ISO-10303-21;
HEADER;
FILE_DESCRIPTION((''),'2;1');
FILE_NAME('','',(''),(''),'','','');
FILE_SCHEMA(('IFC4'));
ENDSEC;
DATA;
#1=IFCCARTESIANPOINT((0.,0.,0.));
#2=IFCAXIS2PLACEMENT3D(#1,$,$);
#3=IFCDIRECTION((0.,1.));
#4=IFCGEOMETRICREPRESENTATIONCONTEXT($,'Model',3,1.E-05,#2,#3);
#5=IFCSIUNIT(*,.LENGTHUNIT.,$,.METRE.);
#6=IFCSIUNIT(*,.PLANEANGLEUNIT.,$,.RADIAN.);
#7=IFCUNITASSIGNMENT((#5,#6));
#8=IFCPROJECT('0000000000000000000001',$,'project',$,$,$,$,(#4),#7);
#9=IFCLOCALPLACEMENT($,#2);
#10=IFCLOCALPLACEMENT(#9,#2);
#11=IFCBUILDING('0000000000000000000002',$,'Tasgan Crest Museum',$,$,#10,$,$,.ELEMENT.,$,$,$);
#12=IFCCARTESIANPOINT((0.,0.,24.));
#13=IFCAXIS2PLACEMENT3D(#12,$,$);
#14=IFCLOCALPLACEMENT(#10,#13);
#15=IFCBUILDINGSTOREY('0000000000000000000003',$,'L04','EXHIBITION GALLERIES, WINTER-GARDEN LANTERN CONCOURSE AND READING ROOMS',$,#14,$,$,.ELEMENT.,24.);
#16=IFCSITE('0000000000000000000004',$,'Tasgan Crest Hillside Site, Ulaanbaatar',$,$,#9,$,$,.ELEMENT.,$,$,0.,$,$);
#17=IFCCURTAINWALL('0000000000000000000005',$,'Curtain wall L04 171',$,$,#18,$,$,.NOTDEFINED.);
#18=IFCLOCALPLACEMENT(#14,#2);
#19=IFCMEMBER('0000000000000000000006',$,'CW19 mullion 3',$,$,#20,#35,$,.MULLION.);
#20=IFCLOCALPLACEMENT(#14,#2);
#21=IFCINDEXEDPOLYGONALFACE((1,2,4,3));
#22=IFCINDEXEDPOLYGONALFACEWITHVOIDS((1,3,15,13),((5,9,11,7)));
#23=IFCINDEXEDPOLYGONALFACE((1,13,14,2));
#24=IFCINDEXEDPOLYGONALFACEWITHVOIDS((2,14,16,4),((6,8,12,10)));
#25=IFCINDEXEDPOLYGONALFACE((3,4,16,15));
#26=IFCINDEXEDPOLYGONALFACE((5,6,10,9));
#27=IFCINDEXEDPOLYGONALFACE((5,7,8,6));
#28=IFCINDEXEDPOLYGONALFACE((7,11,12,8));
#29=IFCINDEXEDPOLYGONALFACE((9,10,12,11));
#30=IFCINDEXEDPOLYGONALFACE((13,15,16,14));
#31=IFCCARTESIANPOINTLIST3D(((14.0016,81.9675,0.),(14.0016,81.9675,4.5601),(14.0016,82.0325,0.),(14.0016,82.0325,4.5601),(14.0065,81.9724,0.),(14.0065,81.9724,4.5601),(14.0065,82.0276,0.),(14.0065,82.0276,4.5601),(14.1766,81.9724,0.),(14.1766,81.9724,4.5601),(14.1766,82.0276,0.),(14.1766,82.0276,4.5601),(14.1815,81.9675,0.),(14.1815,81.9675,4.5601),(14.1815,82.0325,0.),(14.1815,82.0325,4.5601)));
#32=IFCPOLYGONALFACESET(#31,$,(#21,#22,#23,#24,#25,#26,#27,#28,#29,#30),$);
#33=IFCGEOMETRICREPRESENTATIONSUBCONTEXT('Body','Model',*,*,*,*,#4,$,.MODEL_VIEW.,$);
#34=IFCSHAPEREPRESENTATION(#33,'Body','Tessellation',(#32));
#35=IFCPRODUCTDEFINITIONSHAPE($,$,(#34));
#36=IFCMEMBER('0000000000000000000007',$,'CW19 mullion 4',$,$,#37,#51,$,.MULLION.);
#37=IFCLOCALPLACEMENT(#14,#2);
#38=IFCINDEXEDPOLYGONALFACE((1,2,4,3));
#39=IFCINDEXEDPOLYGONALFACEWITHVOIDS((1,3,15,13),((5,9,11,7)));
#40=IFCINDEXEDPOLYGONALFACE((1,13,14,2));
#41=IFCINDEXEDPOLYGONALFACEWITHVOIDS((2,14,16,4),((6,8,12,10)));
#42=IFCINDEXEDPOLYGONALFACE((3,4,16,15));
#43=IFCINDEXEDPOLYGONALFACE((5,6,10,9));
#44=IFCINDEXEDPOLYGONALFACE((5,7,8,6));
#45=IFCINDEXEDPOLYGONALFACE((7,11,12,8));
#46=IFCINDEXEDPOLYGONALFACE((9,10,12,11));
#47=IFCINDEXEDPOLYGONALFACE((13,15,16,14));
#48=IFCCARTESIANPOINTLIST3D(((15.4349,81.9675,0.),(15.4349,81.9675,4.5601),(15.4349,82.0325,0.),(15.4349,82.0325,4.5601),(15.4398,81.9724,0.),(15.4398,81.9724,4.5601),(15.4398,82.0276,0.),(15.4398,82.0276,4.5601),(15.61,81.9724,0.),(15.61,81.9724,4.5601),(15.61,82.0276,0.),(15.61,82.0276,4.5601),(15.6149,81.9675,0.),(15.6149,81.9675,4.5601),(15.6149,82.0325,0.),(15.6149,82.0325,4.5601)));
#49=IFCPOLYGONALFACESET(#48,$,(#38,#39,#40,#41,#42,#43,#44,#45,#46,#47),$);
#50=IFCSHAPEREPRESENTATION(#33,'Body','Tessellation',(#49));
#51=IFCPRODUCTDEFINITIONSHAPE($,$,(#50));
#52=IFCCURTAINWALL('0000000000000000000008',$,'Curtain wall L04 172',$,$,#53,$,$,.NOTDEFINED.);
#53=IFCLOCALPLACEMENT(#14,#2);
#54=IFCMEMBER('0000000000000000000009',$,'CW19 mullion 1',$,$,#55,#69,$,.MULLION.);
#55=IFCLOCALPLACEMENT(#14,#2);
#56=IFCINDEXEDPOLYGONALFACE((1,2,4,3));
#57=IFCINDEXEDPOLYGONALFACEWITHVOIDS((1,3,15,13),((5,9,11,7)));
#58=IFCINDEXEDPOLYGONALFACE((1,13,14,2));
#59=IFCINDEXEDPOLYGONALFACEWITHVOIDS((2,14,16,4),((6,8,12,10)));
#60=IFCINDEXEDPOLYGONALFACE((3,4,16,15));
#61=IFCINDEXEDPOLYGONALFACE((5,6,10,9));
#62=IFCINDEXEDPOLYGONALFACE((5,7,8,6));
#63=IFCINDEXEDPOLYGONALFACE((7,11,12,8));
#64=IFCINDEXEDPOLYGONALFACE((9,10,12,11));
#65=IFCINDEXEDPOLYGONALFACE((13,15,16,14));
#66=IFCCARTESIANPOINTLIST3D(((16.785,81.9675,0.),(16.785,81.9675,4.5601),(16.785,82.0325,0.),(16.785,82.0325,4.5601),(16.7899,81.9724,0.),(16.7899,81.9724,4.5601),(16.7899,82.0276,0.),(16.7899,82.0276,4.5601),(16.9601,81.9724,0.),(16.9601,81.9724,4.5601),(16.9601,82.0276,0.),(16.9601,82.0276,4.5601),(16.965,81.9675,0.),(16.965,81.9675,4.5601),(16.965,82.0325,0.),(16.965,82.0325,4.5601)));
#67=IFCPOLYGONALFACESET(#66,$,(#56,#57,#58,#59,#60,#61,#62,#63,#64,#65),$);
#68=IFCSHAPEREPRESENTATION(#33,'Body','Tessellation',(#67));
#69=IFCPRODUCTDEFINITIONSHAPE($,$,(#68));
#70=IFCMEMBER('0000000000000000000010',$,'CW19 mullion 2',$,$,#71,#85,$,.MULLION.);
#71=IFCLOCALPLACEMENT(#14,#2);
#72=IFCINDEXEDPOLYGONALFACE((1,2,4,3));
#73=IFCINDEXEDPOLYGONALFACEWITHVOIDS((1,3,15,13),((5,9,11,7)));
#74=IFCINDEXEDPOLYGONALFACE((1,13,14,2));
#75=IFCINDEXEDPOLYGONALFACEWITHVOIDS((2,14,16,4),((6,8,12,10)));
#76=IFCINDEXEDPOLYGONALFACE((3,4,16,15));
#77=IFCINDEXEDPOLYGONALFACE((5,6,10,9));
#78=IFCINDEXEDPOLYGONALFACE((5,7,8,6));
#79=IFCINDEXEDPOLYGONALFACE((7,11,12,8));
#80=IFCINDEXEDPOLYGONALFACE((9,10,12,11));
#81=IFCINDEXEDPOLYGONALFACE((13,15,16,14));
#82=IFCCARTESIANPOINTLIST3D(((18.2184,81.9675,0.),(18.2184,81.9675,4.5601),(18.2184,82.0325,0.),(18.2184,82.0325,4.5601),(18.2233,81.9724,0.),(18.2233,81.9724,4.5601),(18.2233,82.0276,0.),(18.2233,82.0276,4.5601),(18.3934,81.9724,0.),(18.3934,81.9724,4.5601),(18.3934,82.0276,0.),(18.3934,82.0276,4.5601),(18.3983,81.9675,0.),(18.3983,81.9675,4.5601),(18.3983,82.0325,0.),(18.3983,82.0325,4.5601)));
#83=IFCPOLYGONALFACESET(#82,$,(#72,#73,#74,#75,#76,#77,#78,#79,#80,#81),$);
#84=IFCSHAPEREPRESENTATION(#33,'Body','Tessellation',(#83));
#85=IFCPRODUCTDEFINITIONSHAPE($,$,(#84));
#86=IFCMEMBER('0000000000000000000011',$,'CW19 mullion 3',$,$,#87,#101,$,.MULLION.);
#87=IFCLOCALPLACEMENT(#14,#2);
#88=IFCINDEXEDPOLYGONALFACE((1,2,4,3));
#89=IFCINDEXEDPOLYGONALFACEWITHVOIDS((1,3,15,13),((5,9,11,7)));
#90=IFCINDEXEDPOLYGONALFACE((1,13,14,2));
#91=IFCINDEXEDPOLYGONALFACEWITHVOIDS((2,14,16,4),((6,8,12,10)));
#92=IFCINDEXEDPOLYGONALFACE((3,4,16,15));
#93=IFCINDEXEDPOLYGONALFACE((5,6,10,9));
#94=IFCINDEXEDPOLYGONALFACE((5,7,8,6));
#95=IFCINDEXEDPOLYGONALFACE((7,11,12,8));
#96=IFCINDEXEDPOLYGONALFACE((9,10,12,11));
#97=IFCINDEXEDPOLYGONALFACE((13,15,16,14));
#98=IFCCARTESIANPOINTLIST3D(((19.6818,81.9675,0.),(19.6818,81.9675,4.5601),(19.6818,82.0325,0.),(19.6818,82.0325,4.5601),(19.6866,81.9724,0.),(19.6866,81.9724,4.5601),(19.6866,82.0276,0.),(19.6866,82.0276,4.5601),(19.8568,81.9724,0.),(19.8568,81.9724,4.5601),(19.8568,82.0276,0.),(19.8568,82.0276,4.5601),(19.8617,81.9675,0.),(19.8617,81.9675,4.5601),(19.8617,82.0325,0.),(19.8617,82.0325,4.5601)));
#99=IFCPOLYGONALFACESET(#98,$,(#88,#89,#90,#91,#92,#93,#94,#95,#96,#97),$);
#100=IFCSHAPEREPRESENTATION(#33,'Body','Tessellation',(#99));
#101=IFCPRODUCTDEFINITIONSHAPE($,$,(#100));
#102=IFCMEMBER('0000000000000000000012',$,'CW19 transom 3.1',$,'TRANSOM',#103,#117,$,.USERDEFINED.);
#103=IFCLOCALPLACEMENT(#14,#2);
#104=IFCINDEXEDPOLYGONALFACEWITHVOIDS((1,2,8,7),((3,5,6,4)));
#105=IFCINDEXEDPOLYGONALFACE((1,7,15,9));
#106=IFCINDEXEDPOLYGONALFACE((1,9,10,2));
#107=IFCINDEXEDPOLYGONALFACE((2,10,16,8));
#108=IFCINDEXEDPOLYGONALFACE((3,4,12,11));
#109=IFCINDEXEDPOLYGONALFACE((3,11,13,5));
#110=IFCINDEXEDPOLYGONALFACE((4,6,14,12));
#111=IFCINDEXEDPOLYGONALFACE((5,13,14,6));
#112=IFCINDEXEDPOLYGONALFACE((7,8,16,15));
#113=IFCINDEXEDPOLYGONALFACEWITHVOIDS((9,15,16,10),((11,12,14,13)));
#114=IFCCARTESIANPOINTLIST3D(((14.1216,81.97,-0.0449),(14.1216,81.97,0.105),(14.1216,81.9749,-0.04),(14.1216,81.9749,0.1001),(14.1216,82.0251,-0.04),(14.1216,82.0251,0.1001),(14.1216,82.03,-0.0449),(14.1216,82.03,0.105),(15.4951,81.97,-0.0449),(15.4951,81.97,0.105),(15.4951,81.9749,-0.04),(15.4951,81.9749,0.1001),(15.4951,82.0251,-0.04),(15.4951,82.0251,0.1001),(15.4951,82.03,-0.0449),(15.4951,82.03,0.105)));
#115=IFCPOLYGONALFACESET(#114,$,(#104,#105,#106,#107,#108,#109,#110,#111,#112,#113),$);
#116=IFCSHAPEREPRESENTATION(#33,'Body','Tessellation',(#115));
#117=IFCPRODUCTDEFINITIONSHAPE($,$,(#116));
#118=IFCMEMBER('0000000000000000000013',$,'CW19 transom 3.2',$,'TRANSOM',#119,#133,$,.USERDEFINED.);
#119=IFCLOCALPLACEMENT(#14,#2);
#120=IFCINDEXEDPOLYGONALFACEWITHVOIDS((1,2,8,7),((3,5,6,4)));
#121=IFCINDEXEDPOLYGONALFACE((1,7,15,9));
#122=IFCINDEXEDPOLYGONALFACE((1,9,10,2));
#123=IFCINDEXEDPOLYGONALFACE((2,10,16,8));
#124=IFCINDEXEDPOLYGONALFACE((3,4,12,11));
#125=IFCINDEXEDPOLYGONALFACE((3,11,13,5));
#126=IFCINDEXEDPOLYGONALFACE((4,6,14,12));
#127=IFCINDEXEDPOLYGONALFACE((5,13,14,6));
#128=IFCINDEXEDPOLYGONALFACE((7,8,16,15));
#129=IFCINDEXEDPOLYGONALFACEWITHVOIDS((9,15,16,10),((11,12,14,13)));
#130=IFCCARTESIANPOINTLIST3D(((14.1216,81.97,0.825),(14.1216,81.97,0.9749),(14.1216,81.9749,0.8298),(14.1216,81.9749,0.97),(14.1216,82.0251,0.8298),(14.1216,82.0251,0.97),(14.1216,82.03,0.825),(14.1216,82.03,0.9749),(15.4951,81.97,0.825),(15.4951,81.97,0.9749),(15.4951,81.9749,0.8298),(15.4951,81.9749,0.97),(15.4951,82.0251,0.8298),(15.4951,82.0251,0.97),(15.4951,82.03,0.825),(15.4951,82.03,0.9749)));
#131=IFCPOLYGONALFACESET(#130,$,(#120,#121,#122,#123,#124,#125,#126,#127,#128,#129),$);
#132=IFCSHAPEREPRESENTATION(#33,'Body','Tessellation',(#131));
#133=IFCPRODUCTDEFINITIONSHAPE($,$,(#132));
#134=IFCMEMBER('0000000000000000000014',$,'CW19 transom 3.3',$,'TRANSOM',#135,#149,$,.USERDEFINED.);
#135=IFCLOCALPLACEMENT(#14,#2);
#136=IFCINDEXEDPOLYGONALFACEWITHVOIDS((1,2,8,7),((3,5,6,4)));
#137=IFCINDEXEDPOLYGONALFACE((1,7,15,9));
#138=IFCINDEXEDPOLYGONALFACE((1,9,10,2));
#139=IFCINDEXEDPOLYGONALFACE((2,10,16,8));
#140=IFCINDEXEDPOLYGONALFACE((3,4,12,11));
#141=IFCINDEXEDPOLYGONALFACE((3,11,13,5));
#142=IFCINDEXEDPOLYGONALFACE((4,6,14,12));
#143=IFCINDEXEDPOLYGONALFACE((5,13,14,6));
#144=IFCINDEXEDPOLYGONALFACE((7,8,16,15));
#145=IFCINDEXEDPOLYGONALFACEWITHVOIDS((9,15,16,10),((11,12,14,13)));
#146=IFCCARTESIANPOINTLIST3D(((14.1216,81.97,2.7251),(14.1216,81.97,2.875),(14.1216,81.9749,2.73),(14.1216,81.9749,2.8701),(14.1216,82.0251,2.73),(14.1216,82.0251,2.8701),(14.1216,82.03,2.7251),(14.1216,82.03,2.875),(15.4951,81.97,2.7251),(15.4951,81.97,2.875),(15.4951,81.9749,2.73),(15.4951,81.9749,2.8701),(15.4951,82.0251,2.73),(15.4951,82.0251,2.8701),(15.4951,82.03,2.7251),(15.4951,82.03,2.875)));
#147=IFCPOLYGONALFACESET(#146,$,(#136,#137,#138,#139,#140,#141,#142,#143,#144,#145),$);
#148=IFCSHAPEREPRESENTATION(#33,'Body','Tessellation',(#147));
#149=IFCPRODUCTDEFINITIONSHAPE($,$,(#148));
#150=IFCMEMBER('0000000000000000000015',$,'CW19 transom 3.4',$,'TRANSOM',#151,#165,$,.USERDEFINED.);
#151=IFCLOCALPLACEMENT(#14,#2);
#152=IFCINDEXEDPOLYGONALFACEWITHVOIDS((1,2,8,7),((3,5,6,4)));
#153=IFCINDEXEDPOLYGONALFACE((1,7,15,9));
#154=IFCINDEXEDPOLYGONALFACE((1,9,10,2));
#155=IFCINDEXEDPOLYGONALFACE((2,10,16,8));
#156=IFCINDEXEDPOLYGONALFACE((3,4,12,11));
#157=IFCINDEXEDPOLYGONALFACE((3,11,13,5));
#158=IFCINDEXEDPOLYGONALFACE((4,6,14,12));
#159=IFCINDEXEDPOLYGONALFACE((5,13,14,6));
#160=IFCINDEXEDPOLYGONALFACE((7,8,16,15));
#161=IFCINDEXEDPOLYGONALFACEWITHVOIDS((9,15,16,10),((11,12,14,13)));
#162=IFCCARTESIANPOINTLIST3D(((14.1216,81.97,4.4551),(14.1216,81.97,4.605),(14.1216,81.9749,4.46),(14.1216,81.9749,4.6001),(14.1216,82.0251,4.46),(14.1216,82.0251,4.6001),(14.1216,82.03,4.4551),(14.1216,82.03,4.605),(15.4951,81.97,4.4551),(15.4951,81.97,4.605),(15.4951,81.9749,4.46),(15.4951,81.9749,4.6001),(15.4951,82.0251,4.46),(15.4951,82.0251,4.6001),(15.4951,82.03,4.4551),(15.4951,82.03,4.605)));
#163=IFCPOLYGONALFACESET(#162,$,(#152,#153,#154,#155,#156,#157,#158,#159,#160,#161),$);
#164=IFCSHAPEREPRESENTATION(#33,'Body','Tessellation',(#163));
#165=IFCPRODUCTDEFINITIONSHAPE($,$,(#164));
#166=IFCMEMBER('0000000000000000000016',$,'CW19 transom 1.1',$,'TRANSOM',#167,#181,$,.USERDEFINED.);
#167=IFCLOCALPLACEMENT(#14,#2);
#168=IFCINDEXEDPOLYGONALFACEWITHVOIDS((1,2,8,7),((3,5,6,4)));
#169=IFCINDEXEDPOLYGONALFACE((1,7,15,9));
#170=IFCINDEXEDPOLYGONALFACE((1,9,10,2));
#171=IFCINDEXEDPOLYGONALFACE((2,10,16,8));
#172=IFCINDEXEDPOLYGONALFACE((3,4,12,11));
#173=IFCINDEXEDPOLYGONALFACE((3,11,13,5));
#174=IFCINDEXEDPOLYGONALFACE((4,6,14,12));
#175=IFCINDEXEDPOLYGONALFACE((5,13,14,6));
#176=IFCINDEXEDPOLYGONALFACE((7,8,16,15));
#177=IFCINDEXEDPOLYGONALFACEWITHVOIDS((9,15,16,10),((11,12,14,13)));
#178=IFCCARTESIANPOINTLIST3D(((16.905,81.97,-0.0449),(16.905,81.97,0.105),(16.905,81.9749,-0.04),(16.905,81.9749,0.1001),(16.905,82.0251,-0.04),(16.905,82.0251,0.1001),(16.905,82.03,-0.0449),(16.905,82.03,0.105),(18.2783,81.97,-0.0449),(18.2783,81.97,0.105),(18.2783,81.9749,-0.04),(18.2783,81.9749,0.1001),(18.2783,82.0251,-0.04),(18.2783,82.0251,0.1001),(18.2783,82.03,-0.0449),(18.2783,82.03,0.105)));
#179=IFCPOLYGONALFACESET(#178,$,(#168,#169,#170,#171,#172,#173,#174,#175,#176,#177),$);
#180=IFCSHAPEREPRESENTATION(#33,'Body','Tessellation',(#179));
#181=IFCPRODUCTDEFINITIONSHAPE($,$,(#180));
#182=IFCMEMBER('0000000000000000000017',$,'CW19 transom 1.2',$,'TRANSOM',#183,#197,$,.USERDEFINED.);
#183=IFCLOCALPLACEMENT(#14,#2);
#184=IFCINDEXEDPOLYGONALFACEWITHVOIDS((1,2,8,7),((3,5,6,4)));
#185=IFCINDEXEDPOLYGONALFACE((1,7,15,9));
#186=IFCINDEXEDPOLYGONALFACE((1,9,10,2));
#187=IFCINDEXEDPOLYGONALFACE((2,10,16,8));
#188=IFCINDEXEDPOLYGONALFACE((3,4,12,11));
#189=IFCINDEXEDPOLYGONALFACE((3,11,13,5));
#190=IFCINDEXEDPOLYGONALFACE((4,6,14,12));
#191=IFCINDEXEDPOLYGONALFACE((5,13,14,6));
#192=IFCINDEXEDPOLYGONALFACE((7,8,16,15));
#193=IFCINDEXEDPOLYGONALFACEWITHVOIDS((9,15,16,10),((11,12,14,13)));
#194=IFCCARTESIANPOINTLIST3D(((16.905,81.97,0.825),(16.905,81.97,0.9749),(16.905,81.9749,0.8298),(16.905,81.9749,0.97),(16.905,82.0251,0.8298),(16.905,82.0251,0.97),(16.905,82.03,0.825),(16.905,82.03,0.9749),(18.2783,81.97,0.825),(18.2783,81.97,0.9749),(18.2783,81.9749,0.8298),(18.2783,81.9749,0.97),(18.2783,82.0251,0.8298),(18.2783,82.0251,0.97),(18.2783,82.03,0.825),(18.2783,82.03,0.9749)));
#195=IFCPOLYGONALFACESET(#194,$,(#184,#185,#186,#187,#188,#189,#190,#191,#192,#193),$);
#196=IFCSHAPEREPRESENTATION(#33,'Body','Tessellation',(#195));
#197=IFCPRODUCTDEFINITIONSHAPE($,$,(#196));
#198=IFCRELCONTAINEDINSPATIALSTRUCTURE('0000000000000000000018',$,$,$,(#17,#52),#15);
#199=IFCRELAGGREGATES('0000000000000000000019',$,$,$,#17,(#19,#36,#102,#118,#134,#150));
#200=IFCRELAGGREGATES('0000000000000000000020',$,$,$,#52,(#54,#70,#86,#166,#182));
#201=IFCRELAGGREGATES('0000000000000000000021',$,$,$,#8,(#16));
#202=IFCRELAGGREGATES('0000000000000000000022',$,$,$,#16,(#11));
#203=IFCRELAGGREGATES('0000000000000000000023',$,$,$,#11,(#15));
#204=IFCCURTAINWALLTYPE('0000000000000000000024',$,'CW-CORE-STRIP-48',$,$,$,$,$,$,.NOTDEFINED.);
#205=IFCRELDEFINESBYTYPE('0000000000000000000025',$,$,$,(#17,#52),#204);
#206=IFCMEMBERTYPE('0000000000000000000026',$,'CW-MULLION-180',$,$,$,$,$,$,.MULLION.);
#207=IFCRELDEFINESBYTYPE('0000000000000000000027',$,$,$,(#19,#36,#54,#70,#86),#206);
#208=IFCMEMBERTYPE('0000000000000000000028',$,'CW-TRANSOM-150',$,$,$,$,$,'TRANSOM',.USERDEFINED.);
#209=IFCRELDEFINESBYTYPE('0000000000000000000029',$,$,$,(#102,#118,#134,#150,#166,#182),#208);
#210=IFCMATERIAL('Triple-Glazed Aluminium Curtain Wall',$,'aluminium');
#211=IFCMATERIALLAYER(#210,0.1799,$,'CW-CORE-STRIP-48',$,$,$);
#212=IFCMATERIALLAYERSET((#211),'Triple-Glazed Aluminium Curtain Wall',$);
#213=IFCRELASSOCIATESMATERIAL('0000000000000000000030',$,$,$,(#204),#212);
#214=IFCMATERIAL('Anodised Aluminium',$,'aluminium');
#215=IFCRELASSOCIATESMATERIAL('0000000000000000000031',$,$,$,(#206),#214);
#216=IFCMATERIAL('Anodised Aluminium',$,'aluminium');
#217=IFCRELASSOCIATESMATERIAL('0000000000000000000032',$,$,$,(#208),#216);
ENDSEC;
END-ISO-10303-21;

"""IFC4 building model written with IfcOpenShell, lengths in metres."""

from ifc_helpers import new_model, si_unit, direction, frame, origin, origin_2d, place, context, subcontext, project, spatial, hollow_rectangle, extrude, material, layer, layer_set, material_profile, profile_set, type_object, element, aggregate, save


model = new_model("IFC4")

# Units and contexts
model_context = context("Model", 3, precision=1e-05, world=origin(), true_north=direction((0.0, 1.0)))
body_context = subcontext(model_context, "Body", "Model", "MODEL_VIEW")
ifc_project = project(units=[si_unit("LENGTHUNIT", "METRE"), si_unit("PLANEANGLEUNIT", "RADIAN")], contexts=[model_context])

# Site, building, storey
site_placement = place(None, origin())
site = spatial("IfcSite", under=ifc_project, at=site_placement, Name="Tasgan Crest Hillside Site, Ulaanbaatar", CompositionType="ELEMENT", RefElevation=0.0)
building_placement = place(site_placement, origin())
building = spatial("IfcBuilding", under=site, at=building_placement, Name="Tasgan Crest Museum", CompositionType="ELEMENT")
storey_placement = place(building_placement, frame((0.0, 0.0, 24.0)))
storey = spatial("IfcBuildingStorey", under=building, at=storey_placement, Name="L04", Description="EXHIBITION GALLERIES, WINTER-GARDEN LANTERN CONCOURSE AND READING ROOMS", CompositionType="ELEMENT", Elevation=24.0)

# Curtain walls, members
ifc_material_1 = material(Name="Triple-Glazed Aluminium Curtain Wall", Category="aluminium")
ifc_layer_1 = layer(ifc_material_1, 0.1799, Name="CW-CORE-STRIP-48")
ifc_layer_set_1 = layer_set([ifc_layer_1], Name="Triple-Glazed Aluminium Curtain Wall")
curtain_wall_type = type_object("IfcCurtainWallType", Name="CW-CORE-STRIP-48", PredefinedType="NOTDEFINED", material=ifc_layer_set_1)
curtain_wall_1_placement = place(storey_placement, origin())
curtain_wall_1 = element("IfcCurtainWall", 1, at=curtain_wall_1_placement, inside=storey, type_object=curtain_wall_type, Name="Curtain wall L04 171", PredefinedType="NOTDEFINED")
ifc_material_2 = material(Name="Anodised Aluminium", Category="aluminium")
ifc_material_profile_1 = material_profile(ifc_material_2, hollow_rectangle(XDim=0.0649, YDim=0.1799, WallThickness=0.0049, at=origin_2d()), Name="ALU MULLION 180x65x5")
ifc_profile_set_1 = profile_set([ifc_material_profile_1], Name="Anodised Aluminium")
member_type_1 = type_object("IfcMemberType", Name="CW-MULLION-180", PredefinedType="MULLION", material=ifc_profile_set_1)
member_1_placement = place(storey_placement, frame((14.0916, 82.0, 0.0), z_axis=(0.0, 0.0, 1.0), x_axis=(0.0, 1.0, 0.0)))
member_1 = element("IfcMember", 2, at=member_1_placement, type_object=member_type_1, Name="CW19 mullion 3", PredefinedType="MULLION", context=body_context, shape_type="SweptSolid", body=[
    extrude(hollow_rectangle(XDim=0.0649, YDim=0.1799, WallThickness=0.0049, at=origin_2d()), origin(), (0.0, 0.0, 1.0), 4.5601),
])
member_2_placement = place(storey_placement, frame((15.5249, 82.0, 0.0), z_axis=(0.0, 0.0, 1.0), x_axis=(0.0, 1.0, 0.0)))
member_2 = element("IfcMember", 3, at=member_2_placement, type_object=member_type_1, Name="CW19 mullion 4", PredefinedType="MULLION", context=body_context, shape_type="SweptSolid", body=[
    extrude(hollow_rectangle(XDim=0.0649, YDim=0.1799, WallThickness=0.0049, at=origin_2d()), origin(), (0.0, 0.0, 1.0), 4.5601),
])
curtain_wall_2_placement = place(storey_placement, origin())
curtain_wall_2 = element("IfcCurtainWall", 4, at=curtain_wall_2_placement, inside=storey, type_object=curtain_wall_type, Name="Curtain wall L04 172", PredefinedType="NOTDEFINED")
member_3_placement = place(storey_placement, frame((16.875, 82.0, 0.0), z_axis=(0.0, 0.0, 1.0), x_axis=(0.0, 1.0, 0.0)))
member_3 = element("IfcMember", 5, at=member_3_placement, type_object=member_type_1, Name="CW19 mullion 1", PredefinedType="MULLION", context=body_context, shape_type="SweptSolid", body=[
    extrude(hollow_rectangle(XDim=0.0649, YDim=0.1799, WallThickness=0.0049, at=origin_2d()), origin(), (0.0, 0.0, 1.0), 4.5601),
])
member_4_placement = place(storey_placement, frame((18.3083, 82.0, 0.0), z_axis=(0.0, 0.0, 1.0), x_axis=(0.0, 1.0, 0.0)))
member_4 = element("IfcMember", 6, at=member_4_placement, type_object=member_type_1, Name="CW19 mullion 2", PredefinedType="MULLION", context=body_context, shape_type="SweptSolid", body=[
    extrude(hollow_rectangle(XDim=0.0649, YDim=0.1799, WallThickness=0.0049, at=origin_2d()), origin(), (0.0, 0.0, 1.0), 4.5601),
])
member_5_placement = place(storey_placement, frame((19.7717, 82.0, 0.0), z_axis=(0.0, 0.0, 1.0), x_axis=(0.0, 1.0, 0.0)))
member_5 = element("IfcMember", 7, at=member_5_placement, type_object=member_type_1, Name="CW19 mullion 3", PredefinedType="MULLION", context=body_context, shape_type="SweptSolid", body=[
    extrude(hollow_rectangle(XDim=0.0649, YDim=0.1799, WallThickness=0.0049, at=origin_2d()), origin(), (0.0, 0.0, 1.0), 4.5601),
])

# Members
ifc_material_3 = material(Name="Anodised Aluminium", Category="aluminium")
ifc_material_profile_2 = material_profile(ifc_material_3, hollow_rectangle(XDim=0.0601, YDim=0.1499, WallThickness=0.0049, at=origin_2d()), Name="ALU TRANSOM 150x60x5")
ifc_profile_set_2 = profile_set([ifc_material_profile_2], Name="Anodised Aluminium")
member_type_2 = type_object("IfcMemberType", Name="CW-TRANSOM-150", ElementType="TRANSOM", PredefinedType="USERDEFINED", material=ifc_profile_set_2)
member_6_placement = place(storey_placement, frame((14.1216, 82.0, 0.03), z_axis=(1.0, 0.0, 0.0), x_axis=(0.0, 1.0, 0.0)))
member_6 = element("IfcMember", 8, at=member_6_placement, type_object=member_type_2, Name="CW19 transom 3.1", ObjectType="TRANSOM", PredefinedType="USERDEFINED", context=body_context, shape_type="SweptSolid", body=[
    extrude(hollow_rectangle(XDim=0.0601, YDim=0.1499, WallThickness=0.0049, at=origin_2d()), origin(), (0.0, 0.0, 1.0), 1.3735),
])
member_7_placement = place(storey_placement, frame((14.1216, 82.0, 0.8999), z_axis=(1.0, 0.0, 0.0), x_axis=(0.0, 1.0, 0.0)))
member_7 = element("IfcMember", 9, at=member_7_placement, type_object=member_type_2, Name="CW19 transom 3.2", ObjectType="TRANSOM", PredefinedType="USERDEFINED", context=body_context, shape_type="SweptSolid", body=[
    extrude(hollow_rectangle(XDim=0.0601, YDim=0.1499, WallThickness=0.0049, at=origin_2d()), origin(), (0.0, 0.0, 1.0), 1.3735),
])
member_8_placement = place(storey_placement, frame((14.1216, 82.0, 2.8), z_axis=(1.0, 0.0, 0.0), x_axis=(0.0, 1.0, 0.0)))
member_8 = element("IfcMember", 10, at=member_8_placement, type_object=member_type_2, Name="CW19 transom 3.3", ObjectType="TRANSOM", PredefinedType="USERDEFINED", context=body_context, shape_type="SweptSolid", body=[
    extrude(hollow_rectangle(XDim=0.0601, YDim=0.1499, WallThickness=0.0049, at=origin_2d()), origin(), (0.0, 0.0, 1.0), 1.3735),
])
member_9_placement = place(storey_placement, frame((14.1216, 82.0, 4.53), z_axis=(1.0, 0.0, 0.0), x_axis=(0.0, 1.0, 0.0)))
member_9 = element("IfcMember", 11, at=member_9_placement, type_object=member_type_2, Name="CW19 transom 3.4", ObjectType="TRANSOM", PredefinedType="USERDEFINED", context=body_context, shape_type="SweptSolid", body=[
    extrude(hollow_rectangle(XDim=0.0601, YDim=0.1499, WallThickness=0.0049, at=origin_2d()), origin(), (0.0, 0.0, 1.0), 1.3735),
])
member_10_placement = place(storey_placement, frame((16.905, 82.0, 0.03), z_axis=(1.0, 0.0, 0.0), x_axis=(0.0, 1.0, 0.0)))
member_10 = element("IfcMember", 12, at=member_10_placement, type_object=member_type_2, Name="CW19 transom 1.1", ObjectType="TRANSOM", PredefinedType="USERDEFINED", context=body_context, shape_type="SweptSolid", body=[
    extrude(hollow_rectangle(XDim=0.0601, YDim=0.1499, WallThickness=0.0049, at=origin_2d()), origin(), (0.0, 0.0, 1.0), 1.3733),
])
member_11_placement = place(storey_placement, frame((16.905, 82.0, 0.8999), z_axis=(1.0, 0.0, 0.0), x_axis=(0.0, 1.0, 0.0)))
member_11 = element("IfcMember", 13, at=member_11_placement, type_object=member_type_2, Name="CW19 transom 1.2", ObjectType="TRANSOM", PredefinedType="USERDEFINED", context=body_context, shape_type="SweptSolid", body=[
    extrude(hollow_rectangle(XDim=0.0601, YDim=0.1499, WallThickness=0.0049, at=origin_2d()), origin(), (0.0, 0.0, 1.0), 1.3733),
])

aggregate(curtain_wall_1, [member_1, member_2, member_6, member_7, member_8, member_9])
aggregate(curtain_wall_2, [member_3, member_4, member_5, member_10, member_11])

save(model, "model.ifc")
